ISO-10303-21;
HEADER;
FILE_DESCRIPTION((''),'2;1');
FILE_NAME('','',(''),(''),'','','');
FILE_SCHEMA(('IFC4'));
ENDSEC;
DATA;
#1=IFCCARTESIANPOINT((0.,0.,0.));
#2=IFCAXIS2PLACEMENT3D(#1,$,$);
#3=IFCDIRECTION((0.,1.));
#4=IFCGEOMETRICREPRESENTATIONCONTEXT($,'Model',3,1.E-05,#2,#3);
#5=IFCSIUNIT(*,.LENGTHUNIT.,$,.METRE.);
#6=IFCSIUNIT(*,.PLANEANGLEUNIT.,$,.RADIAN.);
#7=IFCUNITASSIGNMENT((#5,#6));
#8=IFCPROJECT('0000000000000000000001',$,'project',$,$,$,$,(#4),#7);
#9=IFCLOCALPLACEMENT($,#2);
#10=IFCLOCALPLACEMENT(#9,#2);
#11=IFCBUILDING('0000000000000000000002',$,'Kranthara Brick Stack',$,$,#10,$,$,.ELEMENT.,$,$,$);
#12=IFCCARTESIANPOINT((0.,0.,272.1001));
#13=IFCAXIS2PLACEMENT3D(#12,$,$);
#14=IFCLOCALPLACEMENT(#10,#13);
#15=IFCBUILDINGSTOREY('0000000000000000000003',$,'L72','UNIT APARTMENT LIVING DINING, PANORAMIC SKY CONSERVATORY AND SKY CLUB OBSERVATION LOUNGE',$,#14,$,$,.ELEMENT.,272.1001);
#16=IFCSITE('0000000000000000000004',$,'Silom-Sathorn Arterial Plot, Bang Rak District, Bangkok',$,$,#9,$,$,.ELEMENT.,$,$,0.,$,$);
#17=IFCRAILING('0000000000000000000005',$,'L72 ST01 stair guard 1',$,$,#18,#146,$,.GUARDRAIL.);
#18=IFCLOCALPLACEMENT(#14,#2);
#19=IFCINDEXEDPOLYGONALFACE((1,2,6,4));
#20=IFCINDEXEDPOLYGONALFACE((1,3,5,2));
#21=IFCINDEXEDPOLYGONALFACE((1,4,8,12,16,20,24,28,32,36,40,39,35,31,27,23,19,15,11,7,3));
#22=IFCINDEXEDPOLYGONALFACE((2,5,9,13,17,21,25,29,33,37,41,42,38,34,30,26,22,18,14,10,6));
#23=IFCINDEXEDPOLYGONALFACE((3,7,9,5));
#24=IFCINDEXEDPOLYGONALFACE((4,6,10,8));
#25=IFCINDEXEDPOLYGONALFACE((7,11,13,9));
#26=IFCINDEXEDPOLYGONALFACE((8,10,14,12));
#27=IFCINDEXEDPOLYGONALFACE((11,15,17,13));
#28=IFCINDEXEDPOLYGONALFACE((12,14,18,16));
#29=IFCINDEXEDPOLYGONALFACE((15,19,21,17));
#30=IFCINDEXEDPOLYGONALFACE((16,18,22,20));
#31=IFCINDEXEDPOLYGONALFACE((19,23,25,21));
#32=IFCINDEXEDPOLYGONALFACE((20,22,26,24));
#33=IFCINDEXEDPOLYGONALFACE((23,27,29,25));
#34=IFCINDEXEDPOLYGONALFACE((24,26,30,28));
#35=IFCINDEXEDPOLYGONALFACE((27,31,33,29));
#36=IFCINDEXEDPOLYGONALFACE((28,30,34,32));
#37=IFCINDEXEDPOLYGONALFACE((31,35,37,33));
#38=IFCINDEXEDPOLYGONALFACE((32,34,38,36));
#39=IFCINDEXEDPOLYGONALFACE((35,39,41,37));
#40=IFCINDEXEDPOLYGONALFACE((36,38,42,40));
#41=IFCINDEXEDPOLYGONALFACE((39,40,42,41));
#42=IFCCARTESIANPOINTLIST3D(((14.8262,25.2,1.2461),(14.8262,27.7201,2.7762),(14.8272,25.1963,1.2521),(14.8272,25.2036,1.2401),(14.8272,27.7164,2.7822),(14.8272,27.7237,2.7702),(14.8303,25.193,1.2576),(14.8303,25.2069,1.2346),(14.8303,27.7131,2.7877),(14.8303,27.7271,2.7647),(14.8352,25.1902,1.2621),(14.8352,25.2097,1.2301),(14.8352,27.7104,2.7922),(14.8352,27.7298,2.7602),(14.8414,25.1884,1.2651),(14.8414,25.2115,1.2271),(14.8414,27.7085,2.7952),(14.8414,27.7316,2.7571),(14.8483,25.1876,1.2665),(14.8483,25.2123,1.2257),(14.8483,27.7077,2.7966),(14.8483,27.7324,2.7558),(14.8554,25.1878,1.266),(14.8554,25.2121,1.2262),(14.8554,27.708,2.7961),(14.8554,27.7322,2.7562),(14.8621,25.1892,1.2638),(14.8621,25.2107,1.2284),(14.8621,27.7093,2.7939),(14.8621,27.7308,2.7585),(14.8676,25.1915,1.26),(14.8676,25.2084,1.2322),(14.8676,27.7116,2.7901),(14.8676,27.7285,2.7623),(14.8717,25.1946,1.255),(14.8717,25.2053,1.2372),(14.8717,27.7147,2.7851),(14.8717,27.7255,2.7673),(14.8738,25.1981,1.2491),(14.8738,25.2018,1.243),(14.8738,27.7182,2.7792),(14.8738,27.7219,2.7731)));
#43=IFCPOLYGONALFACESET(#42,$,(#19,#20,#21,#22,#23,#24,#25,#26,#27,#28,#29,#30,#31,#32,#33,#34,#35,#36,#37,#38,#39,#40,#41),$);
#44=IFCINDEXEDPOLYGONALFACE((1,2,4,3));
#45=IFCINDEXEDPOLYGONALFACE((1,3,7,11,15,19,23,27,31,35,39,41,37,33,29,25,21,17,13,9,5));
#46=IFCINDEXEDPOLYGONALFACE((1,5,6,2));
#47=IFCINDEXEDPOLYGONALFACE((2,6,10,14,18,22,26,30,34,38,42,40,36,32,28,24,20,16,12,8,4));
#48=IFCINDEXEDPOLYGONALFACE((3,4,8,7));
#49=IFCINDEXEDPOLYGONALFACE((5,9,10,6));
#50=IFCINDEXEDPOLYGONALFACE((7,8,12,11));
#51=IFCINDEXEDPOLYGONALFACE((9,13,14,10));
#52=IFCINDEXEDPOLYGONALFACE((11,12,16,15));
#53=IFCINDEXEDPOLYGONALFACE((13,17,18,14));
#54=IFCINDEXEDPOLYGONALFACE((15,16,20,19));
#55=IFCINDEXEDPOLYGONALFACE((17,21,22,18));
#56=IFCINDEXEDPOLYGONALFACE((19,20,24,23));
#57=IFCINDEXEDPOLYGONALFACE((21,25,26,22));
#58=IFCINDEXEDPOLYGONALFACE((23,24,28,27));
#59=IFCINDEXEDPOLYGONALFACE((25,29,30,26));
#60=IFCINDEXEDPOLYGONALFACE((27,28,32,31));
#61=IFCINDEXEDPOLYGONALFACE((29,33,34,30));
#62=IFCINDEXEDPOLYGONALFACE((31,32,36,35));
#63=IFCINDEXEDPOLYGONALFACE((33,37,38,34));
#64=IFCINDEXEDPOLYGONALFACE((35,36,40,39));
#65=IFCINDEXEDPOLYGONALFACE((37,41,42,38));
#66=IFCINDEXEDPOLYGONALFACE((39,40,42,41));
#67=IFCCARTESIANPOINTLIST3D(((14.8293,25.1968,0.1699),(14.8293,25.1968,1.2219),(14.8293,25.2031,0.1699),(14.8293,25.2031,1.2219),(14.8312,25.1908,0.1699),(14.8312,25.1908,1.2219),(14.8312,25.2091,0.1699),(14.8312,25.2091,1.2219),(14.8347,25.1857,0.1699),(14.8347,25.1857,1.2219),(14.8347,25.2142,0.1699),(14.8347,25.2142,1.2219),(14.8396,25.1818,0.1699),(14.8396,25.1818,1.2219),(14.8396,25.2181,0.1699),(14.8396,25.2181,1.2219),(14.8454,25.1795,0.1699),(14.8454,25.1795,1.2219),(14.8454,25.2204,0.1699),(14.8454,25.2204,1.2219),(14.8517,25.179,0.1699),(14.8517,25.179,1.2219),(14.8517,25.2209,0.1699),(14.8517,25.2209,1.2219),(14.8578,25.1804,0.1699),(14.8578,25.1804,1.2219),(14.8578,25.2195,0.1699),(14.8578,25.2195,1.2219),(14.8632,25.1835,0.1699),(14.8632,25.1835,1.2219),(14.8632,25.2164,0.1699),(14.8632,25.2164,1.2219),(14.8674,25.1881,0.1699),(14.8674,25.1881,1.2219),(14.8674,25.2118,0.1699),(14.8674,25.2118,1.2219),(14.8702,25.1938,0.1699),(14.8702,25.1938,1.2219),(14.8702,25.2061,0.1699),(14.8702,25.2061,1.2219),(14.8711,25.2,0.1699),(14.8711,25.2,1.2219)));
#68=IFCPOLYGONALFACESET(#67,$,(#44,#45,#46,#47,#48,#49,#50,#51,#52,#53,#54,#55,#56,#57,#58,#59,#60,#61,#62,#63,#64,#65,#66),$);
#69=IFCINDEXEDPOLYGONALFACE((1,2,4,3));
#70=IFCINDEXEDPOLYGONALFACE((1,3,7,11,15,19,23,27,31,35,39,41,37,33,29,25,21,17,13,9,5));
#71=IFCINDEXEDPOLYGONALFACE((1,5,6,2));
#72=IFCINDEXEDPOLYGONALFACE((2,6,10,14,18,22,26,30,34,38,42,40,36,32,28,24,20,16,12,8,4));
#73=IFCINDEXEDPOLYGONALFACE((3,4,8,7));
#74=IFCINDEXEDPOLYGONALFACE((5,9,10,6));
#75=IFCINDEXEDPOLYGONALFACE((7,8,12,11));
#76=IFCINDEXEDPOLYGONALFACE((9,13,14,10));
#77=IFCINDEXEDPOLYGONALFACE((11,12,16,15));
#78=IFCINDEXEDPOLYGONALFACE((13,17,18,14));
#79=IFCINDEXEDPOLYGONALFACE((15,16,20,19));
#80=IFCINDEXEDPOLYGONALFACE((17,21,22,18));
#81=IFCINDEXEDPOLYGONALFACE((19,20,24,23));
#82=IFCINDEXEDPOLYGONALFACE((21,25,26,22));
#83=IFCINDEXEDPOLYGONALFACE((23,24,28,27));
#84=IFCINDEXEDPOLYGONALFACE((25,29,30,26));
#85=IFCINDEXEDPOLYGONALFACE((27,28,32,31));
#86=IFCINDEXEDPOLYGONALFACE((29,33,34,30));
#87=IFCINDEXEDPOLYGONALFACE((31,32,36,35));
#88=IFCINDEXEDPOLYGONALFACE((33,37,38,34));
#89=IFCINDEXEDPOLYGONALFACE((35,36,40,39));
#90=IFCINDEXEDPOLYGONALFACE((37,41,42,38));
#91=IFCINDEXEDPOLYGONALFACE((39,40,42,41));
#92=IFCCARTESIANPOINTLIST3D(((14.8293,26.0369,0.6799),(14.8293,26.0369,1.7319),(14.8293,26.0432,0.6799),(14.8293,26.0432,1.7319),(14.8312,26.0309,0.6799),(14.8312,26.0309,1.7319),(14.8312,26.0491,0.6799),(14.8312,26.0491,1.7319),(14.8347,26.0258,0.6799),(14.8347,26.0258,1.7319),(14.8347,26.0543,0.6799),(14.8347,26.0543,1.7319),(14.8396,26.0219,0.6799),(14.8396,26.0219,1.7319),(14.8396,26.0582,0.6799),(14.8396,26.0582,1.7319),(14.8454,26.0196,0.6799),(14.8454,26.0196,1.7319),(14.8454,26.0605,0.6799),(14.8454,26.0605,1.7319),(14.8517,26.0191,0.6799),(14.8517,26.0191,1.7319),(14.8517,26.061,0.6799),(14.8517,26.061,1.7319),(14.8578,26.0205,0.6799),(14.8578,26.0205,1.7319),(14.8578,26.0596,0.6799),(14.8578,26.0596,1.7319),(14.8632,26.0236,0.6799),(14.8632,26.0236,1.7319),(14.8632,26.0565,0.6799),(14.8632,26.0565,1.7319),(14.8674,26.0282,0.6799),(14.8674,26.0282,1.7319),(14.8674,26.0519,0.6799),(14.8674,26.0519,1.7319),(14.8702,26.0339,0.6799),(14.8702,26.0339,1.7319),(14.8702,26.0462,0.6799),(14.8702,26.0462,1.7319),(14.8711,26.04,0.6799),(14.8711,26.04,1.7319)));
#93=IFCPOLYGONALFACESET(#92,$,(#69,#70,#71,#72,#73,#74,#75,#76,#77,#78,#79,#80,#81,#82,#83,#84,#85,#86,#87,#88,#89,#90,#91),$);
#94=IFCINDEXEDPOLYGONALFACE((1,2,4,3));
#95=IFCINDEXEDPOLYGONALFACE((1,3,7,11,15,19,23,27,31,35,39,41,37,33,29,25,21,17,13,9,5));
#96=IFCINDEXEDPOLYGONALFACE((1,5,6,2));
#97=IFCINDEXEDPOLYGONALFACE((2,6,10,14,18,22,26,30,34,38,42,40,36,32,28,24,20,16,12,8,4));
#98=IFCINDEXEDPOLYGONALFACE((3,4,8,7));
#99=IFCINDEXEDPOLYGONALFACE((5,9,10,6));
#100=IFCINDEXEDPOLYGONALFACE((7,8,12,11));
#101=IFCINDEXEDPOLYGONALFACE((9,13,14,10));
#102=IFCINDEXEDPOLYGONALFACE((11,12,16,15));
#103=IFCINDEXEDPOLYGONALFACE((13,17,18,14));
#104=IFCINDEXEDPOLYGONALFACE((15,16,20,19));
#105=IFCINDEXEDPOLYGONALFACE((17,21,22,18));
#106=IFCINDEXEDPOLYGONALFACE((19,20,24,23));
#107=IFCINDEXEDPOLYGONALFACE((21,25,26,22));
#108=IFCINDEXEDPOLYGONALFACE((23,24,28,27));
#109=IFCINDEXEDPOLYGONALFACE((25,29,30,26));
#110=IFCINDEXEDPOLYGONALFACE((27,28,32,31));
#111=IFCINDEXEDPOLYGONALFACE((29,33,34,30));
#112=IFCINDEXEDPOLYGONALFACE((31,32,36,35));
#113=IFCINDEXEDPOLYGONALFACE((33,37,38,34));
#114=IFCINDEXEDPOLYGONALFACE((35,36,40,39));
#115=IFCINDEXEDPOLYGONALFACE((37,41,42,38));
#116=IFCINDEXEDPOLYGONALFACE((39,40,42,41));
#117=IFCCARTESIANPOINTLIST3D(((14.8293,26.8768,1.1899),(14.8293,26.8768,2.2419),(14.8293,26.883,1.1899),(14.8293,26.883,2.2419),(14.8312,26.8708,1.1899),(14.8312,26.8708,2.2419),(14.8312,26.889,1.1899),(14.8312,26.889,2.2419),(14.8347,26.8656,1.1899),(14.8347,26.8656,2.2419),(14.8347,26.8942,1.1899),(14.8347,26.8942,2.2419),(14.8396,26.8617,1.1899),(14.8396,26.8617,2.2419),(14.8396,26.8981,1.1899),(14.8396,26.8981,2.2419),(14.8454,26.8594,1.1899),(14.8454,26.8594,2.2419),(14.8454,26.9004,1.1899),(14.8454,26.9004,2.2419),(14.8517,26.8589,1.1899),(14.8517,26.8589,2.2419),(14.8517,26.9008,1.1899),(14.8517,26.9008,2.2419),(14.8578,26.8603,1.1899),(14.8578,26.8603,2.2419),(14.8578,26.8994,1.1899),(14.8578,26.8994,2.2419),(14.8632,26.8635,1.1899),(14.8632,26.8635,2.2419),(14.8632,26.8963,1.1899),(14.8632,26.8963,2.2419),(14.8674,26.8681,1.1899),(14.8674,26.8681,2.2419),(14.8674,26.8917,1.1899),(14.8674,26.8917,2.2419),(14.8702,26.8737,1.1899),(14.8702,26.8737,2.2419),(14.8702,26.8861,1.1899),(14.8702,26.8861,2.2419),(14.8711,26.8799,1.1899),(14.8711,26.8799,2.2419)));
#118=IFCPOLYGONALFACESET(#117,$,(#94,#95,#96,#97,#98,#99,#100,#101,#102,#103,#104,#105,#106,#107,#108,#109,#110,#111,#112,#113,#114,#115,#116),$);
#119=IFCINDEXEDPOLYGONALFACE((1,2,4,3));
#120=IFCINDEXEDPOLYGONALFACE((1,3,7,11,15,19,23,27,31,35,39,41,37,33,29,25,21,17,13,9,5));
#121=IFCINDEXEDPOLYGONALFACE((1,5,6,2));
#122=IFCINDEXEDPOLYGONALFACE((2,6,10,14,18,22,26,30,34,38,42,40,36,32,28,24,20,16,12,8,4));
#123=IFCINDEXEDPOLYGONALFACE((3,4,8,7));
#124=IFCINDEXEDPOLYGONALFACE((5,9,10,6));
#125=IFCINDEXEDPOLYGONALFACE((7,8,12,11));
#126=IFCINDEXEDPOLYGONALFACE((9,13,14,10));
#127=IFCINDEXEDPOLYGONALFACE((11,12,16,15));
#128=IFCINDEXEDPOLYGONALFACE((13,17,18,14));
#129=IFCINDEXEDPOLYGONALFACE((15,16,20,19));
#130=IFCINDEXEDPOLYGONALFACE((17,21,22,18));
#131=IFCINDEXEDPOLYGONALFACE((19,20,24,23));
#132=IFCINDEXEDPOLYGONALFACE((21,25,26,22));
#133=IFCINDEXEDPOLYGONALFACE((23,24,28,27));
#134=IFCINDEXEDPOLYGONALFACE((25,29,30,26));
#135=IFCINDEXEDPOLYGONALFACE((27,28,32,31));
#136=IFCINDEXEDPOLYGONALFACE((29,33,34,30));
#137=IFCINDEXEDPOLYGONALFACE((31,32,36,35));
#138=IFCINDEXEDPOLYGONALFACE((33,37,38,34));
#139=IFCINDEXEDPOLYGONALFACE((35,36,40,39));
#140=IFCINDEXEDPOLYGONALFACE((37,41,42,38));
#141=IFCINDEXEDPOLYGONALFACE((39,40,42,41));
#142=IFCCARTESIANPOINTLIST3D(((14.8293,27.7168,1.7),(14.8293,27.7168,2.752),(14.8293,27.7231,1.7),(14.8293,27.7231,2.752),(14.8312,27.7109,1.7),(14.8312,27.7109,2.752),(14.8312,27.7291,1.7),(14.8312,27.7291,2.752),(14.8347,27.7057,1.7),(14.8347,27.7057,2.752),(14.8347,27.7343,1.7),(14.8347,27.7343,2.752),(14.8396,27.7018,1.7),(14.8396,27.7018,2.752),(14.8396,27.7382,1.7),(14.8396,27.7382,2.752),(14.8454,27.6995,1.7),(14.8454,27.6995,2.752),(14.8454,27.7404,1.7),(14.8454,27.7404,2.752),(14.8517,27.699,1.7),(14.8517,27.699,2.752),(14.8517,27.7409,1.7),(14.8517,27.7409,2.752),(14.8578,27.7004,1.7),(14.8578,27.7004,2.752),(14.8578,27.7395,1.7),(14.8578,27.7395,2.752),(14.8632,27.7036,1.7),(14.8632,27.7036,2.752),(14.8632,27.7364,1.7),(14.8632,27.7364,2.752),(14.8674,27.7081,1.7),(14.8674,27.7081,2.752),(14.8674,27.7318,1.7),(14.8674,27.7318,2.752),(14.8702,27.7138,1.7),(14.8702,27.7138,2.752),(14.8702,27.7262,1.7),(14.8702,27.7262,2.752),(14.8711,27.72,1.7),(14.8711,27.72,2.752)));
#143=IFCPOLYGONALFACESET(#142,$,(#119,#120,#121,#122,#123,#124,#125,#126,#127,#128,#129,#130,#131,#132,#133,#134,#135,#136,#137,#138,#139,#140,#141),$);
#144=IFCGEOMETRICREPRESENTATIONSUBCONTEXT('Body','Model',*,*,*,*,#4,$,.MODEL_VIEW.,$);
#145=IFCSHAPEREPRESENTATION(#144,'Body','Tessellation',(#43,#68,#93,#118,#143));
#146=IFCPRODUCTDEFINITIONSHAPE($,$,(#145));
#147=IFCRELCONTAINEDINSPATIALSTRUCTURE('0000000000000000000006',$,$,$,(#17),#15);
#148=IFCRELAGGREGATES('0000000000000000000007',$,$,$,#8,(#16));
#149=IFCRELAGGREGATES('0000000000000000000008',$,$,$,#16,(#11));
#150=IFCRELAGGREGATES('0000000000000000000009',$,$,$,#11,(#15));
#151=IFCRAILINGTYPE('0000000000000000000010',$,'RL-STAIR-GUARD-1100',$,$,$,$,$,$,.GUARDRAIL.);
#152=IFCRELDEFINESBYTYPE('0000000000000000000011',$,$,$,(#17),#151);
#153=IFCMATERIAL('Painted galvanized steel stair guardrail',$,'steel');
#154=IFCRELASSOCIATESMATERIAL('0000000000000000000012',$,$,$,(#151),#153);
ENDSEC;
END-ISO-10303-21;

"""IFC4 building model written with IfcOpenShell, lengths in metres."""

from ifc_helpers import new_model, si_unit, direction, frame, origin, origin_2d, place, context, subcontext, project, spatial, circle, extrude, material, type_object, element, save


model = new_model("IFC4")

# Units and contexts
model_context = context("Model", 3, precision=1e-05, world=origin(), true_north=direction((0.0, 1.0)))
body_context = subcontext(model_context, "Body", "Model", "MODEL_VIEW")
ifc_project = project(units=[si_unit("LENGTHUNIT", "METRE"), si_unit("PLANEANGLEUNIT", "RADIAN")], contexts=[model_context])

# Site, building, storey
site_placement = place(None, origin())
site = spatial("IfcSite", under=ifc_project, at=site_placement, Name="Silom-Sathorn Arterial Plot, Bang Rak District, Bangkok", CompositionType="ELEMENT", RefElevation=0.0)
building_placement = place(site_placement, origin())
building = spatial("IfcBuilding", under=site, at=building_placement, Name="Kranthara Brick Stack", CompositionType="ELEMENT")
storey_placement = place(building_placement, frame((0.0, 0.0, 272.1001)))
storey = spatial("IfcBuildingStorey", under=building, at=storey_placement, Name="L72", Description="UNIT APARTMENT LIVING DINING, PANORAMIC SKY CONSERVATORY AND SKY CLUB OBSERVATION LOUNGE", CompositionType="ELEMENT", Elevation=272.1001)

# Railing
ifc_material_1 = material(Name="Painted galvanized steel stair guardrail", Category="steel")
railing_type_1 = type_object("IfcRailingType", Name="RL-STAIR-GUARD-1100", PredefinedType="GUARDRAIL", material=ifc_material_1)
railing_1_placement = place(storey_placement, frame((14.8501, 25.2, 0.1699)))
element("IfcRailing", 1, at=railing_1_placement, inside=storey, type_object=railing_type_1, Name="L72 ST01 stair guard 1", PredefinedType="GUARDRAIL", context=body_context, shape_type="SweptSolid", body=[
    extrude(circle(Radius=0.0239, at=origin_2d()), frame((0.0, 0.0, 1.0762), z_axis=(0.0, 0.854785, 0.518982), x_axis=(-1.0, 0.0, 0.0)), (0.0, 0.0, 1.0), 2.9482),
    extrude(circle(Radius=0.021, at=origin_2d()), origin(), (0.0, 0.0, 1.0), 1.052),
    extrude(circle(Radius=0.021, at=origin_2d()), frame((0.0, 0.8401, 0.51)), (0.0, 0.0, 1.0), 1.052),
    extrude(circle(Radius=0.021, at=origin_2d()), frame((0.0, 1.6799, 1.02)), (0.0, 0.0, 1.0), 1.052),
    extrude(circle(Radius=0.021, at=origin_2d()), frame((0.0, 2.52, 1.53)), (0.0, 0.0, 1.0), 1.052),
])

save(model, "model.ifc")
